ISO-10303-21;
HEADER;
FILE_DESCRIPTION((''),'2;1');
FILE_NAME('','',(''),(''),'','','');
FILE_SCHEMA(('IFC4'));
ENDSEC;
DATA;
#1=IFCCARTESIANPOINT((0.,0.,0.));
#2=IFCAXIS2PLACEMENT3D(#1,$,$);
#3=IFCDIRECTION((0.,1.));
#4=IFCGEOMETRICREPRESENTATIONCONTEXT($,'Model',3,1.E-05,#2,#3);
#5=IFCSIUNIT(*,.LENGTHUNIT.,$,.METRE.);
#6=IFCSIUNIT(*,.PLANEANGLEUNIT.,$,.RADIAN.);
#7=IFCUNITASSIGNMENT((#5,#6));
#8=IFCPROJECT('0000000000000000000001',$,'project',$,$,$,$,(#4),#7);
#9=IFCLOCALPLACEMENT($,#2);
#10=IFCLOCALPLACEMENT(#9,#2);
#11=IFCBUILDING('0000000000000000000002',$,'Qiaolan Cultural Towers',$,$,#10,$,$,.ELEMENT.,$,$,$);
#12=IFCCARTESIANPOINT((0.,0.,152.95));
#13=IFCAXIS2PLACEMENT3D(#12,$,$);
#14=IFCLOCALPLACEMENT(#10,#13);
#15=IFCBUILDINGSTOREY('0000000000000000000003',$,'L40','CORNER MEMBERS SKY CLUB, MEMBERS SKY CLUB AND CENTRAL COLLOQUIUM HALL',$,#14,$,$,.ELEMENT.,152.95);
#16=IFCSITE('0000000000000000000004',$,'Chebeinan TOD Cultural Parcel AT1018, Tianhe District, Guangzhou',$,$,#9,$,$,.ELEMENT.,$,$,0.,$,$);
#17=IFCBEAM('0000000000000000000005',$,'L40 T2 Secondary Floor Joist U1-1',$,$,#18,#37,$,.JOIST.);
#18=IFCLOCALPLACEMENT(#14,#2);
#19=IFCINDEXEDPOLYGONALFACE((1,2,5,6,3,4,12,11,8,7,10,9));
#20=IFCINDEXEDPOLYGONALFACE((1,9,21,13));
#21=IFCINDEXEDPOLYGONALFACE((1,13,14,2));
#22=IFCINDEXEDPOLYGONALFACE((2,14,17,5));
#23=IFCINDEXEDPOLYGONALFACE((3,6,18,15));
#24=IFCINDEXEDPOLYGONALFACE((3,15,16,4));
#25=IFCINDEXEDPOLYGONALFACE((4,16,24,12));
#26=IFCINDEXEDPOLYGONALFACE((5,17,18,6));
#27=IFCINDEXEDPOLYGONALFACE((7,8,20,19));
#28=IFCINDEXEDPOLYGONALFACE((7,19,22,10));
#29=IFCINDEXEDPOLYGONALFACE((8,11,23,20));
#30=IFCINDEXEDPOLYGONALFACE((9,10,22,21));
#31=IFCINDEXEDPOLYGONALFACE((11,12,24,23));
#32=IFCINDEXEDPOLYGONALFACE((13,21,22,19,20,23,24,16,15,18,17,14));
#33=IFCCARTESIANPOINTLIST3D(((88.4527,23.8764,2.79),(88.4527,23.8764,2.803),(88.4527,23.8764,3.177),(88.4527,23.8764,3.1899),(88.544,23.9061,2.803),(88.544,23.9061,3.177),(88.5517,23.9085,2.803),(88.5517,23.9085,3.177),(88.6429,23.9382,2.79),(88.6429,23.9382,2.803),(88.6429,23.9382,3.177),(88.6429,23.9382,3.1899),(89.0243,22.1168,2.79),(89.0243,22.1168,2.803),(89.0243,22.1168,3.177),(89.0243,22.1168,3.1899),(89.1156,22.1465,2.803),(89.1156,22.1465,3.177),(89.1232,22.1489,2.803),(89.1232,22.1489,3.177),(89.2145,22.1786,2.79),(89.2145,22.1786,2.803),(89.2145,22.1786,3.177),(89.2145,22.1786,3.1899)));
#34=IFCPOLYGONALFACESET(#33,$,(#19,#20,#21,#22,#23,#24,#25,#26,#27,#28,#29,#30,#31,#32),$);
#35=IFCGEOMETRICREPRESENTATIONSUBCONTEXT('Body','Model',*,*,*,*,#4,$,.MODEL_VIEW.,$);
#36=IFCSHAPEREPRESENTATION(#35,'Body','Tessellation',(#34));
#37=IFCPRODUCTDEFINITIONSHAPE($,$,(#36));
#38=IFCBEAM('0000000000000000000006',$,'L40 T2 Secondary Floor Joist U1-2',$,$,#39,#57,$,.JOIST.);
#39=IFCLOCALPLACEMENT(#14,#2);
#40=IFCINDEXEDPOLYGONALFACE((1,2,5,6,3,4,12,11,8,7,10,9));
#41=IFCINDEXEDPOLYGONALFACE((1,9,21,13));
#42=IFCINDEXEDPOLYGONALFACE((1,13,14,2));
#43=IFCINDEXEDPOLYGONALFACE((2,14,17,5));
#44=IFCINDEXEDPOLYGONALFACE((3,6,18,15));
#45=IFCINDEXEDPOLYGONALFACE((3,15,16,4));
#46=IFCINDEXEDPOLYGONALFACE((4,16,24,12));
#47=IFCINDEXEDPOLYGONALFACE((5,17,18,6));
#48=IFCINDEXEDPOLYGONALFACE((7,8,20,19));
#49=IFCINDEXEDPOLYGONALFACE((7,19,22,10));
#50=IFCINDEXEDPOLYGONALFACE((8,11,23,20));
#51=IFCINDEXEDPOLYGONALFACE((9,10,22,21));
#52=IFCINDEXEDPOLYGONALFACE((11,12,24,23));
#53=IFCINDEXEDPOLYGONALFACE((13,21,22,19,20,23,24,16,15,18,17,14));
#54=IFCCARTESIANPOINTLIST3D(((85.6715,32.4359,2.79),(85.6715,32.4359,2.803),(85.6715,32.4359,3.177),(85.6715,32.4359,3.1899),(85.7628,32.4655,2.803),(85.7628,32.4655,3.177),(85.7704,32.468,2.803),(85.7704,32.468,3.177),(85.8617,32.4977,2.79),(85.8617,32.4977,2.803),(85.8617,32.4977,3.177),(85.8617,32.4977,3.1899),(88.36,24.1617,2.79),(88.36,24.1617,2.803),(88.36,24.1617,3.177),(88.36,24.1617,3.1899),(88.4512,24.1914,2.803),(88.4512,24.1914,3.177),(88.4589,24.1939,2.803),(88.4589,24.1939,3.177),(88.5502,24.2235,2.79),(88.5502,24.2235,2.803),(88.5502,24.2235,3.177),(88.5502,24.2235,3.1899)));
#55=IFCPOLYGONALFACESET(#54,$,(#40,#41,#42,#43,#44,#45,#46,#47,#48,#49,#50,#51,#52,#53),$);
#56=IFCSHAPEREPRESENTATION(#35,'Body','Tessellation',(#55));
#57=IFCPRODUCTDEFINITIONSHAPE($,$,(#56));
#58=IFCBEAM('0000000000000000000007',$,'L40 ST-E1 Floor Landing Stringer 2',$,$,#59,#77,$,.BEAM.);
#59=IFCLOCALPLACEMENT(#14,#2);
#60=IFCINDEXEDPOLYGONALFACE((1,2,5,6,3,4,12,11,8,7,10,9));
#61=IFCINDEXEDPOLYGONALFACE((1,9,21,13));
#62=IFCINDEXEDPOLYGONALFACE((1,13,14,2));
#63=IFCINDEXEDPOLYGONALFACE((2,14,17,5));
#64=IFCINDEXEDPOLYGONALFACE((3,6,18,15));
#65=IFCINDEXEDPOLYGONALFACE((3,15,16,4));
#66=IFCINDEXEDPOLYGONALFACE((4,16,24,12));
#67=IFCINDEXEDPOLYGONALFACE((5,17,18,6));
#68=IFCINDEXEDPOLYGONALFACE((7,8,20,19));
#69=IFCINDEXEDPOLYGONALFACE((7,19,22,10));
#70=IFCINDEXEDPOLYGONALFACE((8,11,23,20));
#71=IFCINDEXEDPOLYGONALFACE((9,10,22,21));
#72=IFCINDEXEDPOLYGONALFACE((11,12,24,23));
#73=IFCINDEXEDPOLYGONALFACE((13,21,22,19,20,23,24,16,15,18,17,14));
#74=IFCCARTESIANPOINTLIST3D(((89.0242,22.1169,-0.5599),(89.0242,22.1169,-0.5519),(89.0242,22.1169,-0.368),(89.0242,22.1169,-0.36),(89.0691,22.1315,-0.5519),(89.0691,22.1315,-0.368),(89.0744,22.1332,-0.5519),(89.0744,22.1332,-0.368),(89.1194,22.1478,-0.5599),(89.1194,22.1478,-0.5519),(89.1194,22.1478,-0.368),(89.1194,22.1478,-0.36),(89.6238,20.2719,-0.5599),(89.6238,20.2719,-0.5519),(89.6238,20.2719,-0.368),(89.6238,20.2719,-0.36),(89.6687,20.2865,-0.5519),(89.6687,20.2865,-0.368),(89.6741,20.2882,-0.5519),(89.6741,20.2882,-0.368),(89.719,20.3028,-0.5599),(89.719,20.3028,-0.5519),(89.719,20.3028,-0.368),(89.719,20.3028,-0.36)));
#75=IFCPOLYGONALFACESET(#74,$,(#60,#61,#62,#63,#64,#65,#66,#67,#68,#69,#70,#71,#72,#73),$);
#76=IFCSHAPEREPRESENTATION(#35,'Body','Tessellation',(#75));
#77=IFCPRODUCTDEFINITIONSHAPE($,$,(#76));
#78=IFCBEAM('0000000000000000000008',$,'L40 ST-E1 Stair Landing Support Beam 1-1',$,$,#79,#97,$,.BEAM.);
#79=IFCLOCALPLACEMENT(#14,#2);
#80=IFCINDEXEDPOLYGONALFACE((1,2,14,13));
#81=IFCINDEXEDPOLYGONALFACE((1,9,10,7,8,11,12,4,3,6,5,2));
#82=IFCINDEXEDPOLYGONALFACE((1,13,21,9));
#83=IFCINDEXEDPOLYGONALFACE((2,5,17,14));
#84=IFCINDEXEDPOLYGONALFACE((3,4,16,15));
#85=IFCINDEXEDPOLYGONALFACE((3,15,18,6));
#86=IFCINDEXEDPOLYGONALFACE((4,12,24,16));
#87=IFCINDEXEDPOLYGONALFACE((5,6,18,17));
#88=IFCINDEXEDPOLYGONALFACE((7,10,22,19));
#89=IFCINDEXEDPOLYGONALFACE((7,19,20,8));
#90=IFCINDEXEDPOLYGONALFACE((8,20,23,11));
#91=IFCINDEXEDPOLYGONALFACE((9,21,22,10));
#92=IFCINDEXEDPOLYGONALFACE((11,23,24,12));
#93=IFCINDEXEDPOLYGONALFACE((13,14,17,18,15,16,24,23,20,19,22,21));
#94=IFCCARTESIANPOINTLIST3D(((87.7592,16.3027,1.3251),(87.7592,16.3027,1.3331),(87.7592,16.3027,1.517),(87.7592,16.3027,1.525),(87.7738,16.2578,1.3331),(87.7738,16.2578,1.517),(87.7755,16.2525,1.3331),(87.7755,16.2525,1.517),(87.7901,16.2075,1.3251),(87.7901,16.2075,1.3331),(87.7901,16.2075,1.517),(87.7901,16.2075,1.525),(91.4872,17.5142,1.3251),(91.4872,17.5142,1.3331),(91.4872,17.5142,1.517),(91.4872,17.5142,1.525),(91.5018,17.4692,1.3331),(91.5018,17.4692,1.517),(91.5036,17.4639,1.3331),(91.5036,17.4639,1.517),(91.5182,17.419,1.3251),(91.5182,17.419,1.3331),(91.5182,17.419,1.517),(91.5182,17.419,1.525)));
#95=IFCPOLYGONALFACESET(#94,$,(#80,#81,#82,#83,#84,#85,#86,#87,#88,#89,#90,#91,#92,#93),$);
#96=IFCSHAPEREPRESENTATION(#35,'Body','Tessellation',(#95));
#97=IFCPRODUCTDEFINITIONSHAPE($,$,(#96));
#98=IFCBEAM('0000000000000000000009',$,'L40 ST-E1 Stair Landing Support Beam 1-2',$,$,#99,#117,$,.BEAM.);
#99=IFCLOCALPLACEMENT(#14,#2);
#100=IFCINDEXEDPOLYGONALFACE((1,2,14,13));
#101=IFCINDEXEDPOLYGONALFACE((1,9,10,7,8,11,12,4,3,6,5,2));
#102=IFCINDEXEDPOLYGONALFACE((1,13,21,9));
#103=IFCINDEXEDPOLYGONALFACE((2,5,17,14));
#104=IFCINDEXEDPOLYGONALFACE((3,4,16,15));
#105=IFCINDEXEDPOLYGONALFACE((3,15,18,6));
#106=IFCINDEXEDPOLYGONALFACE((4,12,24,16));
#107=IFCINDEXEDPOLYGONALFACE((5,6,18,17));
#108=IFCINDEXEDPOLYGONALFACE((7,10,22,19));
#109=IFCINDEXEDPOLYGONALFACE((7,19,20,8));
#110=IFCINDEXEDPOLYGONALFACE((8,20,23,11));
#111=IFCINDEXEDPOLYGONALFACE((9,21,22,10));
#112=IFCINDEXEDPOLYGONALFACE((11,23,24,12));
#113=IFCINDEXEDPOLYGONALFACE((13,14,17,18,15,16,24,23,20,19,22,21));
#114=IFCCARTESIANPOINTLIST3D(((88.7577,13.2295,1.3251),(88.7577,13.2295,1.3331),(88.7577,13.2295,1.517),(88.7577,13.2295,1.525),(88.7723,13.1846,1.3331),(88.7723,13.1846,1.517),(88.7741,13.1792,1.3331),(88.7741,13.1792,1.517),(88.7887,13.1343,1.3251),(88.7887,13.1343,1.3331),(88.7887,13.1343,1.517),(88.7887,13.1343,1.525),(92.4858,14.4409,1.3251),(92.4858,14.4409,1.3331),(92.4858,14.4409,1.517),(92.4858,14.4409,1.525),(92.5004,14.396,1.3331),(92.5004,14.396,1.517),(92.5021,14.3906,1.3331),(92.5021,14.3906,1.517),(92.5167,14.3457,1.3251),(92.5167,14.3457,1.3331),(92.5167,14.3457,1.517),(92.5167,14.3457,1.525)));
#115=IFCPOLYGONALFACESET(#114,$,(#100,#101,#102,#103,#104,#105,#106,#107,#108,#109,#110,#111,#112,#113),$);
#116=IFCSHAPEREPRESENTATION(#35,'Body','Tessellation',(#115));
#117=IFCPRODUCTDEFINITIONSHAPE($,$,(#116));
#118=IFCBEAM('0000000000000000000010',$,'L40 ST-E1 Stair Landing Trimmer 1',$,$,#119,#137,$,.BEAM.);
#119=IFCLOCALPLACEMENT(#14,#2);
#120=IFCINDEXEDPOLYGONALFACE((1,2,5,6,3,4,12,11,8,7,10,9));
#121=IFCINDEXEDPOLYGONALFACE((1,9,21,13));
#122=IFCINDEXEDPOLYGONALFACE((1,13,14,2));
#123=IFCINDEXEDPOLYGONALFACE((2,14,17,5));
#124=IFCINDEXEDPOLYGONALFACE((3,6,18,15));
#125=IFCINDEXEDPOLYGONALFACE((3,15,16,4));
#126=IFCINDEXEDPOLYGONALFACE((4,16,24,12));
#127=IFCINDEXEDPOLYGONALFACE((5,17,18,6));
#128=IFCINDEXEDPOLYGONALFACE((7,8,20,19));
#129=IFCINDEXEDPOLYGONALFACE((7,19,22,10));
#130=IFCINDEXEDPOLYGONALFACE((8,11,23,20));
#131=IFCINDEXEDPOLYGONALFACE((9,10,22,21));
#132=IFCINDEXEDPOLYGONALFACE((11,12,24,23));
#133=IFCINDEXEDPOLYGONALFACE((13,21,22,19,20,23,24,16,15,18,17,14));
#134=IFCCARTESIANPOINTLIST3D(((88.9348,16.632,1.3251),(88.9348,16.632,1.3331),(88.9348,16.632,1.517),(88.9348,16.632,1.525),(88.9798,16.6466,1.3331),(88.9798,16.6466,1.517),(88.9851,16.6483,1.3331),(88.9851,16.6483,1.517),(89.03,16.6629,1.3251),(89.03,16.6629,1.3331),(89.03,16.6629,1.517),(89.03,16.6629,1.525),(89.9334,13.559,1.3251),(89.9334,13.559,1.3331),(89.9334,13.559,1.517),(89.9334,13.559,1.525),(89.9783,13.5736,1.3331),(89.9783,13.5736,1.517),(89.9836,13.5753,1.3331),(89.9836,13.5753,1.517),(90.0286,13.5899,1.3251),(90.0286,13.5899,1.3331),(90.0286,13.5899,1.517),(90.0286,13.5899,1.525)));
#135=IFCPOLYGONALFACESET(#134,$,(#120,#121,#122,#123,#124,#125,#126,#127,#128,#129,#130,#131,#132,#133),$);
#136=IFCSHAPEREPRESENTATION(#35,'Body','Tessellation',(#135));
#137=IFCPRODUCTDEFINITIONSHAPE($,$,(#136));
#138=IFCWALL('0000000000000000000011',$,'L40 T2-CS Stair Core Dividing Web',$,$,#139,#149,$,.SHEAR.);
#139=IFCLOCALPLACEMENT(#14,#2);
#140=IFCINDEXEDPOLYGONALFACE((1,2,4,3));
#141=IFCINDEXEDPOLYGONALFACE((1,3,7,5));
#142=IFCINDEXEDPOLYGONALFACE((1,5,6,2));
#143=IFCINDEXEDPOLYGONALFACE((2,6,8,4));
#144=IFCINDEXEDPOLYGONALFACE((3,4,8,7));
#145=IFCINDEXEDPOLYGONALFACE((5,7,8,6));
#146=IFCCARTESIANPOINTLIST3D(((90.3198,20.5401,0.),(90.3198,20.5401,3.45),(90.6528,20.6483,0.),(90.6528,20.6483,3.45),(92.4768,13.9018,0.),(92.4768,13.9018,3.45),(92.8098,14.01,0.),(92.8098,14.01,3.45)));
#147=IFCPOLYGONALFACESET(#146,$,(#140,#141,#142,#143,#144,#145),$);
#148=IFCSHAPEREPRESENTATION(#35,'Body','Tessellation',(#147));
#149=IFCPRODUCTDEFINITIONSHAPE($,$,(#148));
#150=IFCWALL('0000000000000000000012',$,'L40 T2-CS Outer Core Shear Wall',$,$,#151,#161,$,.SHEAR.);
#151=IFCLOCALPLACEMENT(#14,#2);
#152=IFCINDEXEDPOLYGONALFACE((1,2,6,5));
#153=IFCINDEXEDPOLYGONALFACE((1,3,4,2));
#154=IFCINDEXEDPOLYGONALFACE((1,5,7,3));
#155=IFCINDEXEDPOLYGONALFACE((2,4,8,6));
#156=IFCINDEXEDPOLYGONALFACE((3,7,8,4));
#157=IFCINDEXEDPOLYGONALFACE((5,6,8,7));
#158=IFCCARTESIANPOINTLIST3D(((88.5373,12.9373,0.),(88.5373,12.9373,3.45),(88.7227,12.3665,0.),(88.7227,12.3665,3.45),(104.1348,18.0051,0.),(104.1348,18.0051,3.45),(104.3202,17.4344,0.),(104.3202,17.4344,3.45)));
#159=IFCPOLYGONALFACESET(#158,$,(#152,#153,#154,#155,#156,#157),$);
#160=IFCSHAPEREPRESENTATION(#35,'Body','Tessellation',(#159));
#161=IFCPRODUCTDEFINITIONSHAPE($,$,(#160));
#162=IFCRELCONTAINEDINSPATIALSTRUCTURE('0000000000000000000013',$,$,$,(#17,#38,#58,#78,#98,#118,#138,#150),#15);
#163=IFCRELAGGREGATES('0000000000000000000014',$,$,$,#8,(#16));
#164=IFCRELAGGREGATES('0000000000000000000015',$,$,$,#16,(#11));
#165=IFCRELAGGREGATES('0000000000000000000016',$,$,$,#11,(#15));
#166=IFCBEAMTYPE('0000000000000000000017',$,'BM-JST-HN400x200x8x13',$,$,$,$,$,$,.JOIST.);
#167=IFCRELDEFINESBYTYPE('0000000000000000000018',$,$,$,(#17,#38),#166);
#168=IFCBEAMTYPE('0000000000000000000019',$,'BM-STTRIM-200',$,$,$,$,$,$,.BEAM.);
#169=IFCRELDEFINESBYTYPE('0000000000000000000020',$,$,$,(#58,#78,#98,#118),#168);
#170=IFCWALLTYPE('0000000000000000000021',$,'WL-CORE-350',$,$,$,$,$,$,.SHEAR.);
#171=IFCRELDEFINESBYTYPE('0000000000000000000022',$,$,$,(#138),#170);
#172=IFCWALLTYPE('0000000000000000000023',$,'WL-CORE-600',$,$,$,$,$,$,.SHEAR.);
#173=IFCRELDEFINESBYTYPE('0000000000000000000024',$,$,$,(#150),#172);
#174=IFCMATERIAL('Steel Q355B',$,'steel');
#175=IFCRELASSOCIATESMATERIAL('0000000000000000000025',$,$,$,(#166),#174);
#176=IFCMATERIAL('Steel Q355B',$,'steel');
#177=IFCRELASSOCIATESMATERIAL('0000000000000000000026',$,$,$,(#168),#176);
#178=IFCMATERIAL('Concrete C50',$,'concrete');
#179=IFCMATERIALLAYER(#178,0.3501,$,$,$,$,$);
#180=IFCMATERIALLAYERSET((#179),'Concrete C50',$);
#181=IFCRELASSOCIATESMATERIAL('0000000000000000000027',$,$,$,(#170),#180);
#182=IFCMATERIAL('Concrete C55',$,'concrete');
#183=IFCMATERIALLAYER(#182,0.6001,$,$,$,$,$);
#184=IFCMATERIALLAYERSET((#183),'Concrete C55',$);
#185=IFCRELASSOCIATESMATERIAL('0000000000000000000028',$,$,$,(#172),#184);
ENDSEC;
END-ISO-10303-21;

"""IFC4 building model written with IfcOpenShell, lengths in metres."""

from ifc_helpers import new_model, si_unit, direction, frame, frame_2d, origin, origin_2d, place, context, subcontext, project, spatial, rectangle, i_section, extrude, material, layer, layer_set, material_profile, profile_set, type_object, element, save


model = new_model("IFC4")

# Units and contexts
model_context = context("Model", 3, precision=1e-05, world=origin(), true_north=direction((0.0, 1.0)))
body_context = subcontext(model_context, "Body", "Model", "MODEL_VIEW")
ifc_project = project(units=[si_unit("LENGTHUNIT", "METRE"), si_unit("PLANEANGLEUNIT", "RADIAN")], contexts=[model_context])

# Site, building, storey
site_placement = place(None, origin())
site = spatial("IfcSite", under=ifc_project, at=site_placement, Name="Chebeinan TOD Cultural Parcel AT1018, Tianhe District, Guangzhou", CompositionType="ELEMENT", RefElevation=0.0)
building_placement = place(site_placement, origin())
building = spatial("IfcBuilding", under=site, at=building_placement, Name="Qiaolan Cultural Towers", CompositionType="ELEMENT")
storey_placement = place(building_placement, frame((0.0, 0.0, 152.95)))
storey = spatial("IfcBuildingStorey", under=building, at=storey_placement, Name="L40", Description="CORNER MEMBERS SKY CLUB, MEMBERS SKY CLUB AND CENTRAL COLLOQUIUM HALL", CompositionType="ELEMENT", Elevation=152.95)

# Beams
ifc_material_1 = material(Name="Steel Q355B", Category="steel")
ifc_material_profile_1 = material_profile(ifc_material_1, i_section(OverallWidth=0.2, OverallDepth=0.3999, WebThickness=0.0081, FlangeThickness=0.0129, at=origin_2d()), Name="HN400x200x8x13")
ifc_profile_set_1 = profile_set([ifc_material_profile_1], Name="Steel Q355B")
beam_type_1 = type_object("IfcBeamType", Name="BM-JST-HN400x200x8x13", PredefinedType="JOIST", material=ifc_profile_set_1)
beam_1_placement = place(storey_placement, frame((89.1194, 22.1477, 2.99), z_axis=(-0.308934, 0.951084, 0.0), x_axis=(-0.951084, -0.308934, 0.0)))
element("IfcBeam", 1, at=beam_1_placement, inside=storey, type_object=beam_type_1, Name="L40 T2 Secondary Floor Joist U1-1", PredefinedType="JOIST", context=body_context, shape_type="SweptSolid", body=[
    extrude(i_section(OverallWidth=0.2, OverallDepth=0.3999, WebThickness=0.0081, FlangeThickness=0.0129, at=origin_2d()), origin(), (0.0, 0.0, 1.0), 1.8501),
])
beam_2_placement = place(storey_placement, frame((88.4551, 24.1926, 2.99), z_axis=(-0.309021, 0.951055, 0.0), x_axis=(-0.951055, -0.309021, 0.0)))
element("IfcBeam", 2, at=beam_2_placement, inside=storey, type_object=beam_type_1, Name="L40 T2 Secondary Floor Joist U1-2", PredefinedType="JOIST", context=body_context, shape_type="SweptSolid", body=[
    extrude(i_section(OverallWidth=0.2, OverallDepth=0.3999, WebThickness=0.0081, FlangeThickness=0.0129, at=origin_2d()), origin(), (0.0, 0.0, 1.0), 8.7),
])
ifc_material_2 = material(Name="Steel Q355B", Category="steel")
ifc_material_profile_2 = material_profile(ifc_material_2, i_section(OverallWidth=0.1001, OverallDepth=0.2, WebThickness=0.0056, FlangeThickness=0.0081, at=origin_2d()), Name="HN200x100x5.5x8")
ifc_profile_set_2 = profile_set([ifc_material_profile_2], Name="Steel Q355B")
beam_type_2 = type_object("IfcBeamType", Name="BM-STTRIM-200", PredefinedType="BEAM", material=ifc_profile_set_2)
beam_3_placement = place(storey_placement, frame((89.0718, 22.1323, -0.46), z_axis=(0.309083, -0.951035, 0.0), x_axis=(0.951035, 0.309083, 0.0)))
element("IfcBeam", 3, at=beam_3_placement, inside=storey, type_object=beam_type_2, Name="L40 ST-E1 Floor Landing Stringer 2", PredefinedType="BEAM", context=body_context, shape_type="SweptSolid", body=[
    extrude(i_section(OverallWidth=0.1001, OverallDepth=0.2, WebThickness=0.0056, FlangeThickness=0.0081, at=origin_2d()), origin(), (0.0, 0.0, 1.0), 1.9399),
])
for number, where, z_axis, x_axis, name in (
    (4, (87.7747, 16.2551, 1.425), (0.951048, 0.309044, 0.0), (-0.309044, 0.951048, 0.0), "L40 ST-E1 Stair Landing Support Beam 1-1"),
    (5, (88.7732, 13.1819, 1.425), (0.951048, 0.309044, 0.0), (-0.309044, 0.951048, 0.0), "L40 ST-E1 Stair Landing Support Beam 1-2"),
):
    element("IfcBeam", number, at=place(storey_placement, frame(where, z_axis=z_axis, x_axis=x_axis)), inside=storey, type_object=beam_type_2, Name=name, PredefinedType="BEAM", context=body_context, shape_type="SweptSolid", body=[
        extrude(i_section(OverallWidth=0.1001, OverallDepth=0.2, WebThickness=0.0056, FlangeThickness=0.0081, at=origin_2d()), origin(), (0.0, 0.0, 1.0), 3.9199),
    ])
beam_4_placement = place(storey_placement, frame((88.9824, 16.6475, 1.425), z_axis=(0.309033, -0.951051, 0.0), x_axis=(0.951051, 0.309033, 0.0)))
element("IfcBeam", 6, at=beam_4_placement, inside=storey, type_object=beam_type_2, Name="L40 ST-E1 Stair Landing Trimmer 1", PredefinedType="BEAM", context=body_context, shape_type="SweptSolid", body=[
    extrude(i_section(OverallWidth=0.1001, OverallDepth=0.2, WebThickness=0.0056, FlangeThickness=0.0081, at=origin_2d()), origin(), (0.0, 0.0, 1.0), 3.2312),
])

# Walls
ifc_material_3 = material(Name="Concrete C50", Category="concrete")
ifc_layer_1 = layer(ifc_material_3, 0.3501)
ifc_layer_set_1 = layer_set([ifc_layer_1], Name="Concrete C50")
wall_type_1 = type_object("IfcWallType", Name="WL-CORE-350", PredefinedType="SHEAR", material=ifc_layer_set_1)
wall_1_placement = place(storey_placement, frame((90.4863, 20.5942, 0.0), z_axis=(0.0, 0.0, 1.0), x_axis=(0.30902, -0.951055, 0.0)))
element("IfcWall", 7, at=wall_1_placement, inside=storey, type_object=wall_type_1, Name="L40 T2-CS Stair Core Dividing Web", PredefinedType="SHEAR", context=body_context, shape_type="SweptSolid", body=[
    extrude(rectangle(XDim=6.98, YDim=0.3501, at=frame_2d((3.49, 0.0))), origin(), (0.0, 0.0, 1.0), 3.45),
])
ifc_material_4 = material(Name="Concrete C55", Category="concrete")
ifc_layer_2 = layer(ifc_material_4, 0.6001)
ifc_layer_set_2 = layer_set([ifc_layer_2], Name="Concrete C55")
wall_type_2 = type_object("IfcWallType", Name="WL-CORE-600", PredefinedType="SHEAR", material=ifc_layer_set_2)
wall_2_placement = place(storey_placement, frame((88.6299, 12.6519, 0.0), z_axis=(0.0, 0.0, 1.0), x_axis=(0.951057, 0.309015, 0.0)))
element("IfcWall", 8, at=wall_2_placement, inside=storey, type_object=wall_type_2, Name="L40 T2-CS Outer Core Shear Wall", PredefinedType="SHEAR", context=body_context, shape_type="SweptSolid", body=[
    extrude(rectangle(XDim=16.4001, YDim=0.6001, at=frame_2d((8.2002, 0.0))), origin(), (0.0, 0.0, 1.0), 3.45),
])

save(model, "model.ifc")
